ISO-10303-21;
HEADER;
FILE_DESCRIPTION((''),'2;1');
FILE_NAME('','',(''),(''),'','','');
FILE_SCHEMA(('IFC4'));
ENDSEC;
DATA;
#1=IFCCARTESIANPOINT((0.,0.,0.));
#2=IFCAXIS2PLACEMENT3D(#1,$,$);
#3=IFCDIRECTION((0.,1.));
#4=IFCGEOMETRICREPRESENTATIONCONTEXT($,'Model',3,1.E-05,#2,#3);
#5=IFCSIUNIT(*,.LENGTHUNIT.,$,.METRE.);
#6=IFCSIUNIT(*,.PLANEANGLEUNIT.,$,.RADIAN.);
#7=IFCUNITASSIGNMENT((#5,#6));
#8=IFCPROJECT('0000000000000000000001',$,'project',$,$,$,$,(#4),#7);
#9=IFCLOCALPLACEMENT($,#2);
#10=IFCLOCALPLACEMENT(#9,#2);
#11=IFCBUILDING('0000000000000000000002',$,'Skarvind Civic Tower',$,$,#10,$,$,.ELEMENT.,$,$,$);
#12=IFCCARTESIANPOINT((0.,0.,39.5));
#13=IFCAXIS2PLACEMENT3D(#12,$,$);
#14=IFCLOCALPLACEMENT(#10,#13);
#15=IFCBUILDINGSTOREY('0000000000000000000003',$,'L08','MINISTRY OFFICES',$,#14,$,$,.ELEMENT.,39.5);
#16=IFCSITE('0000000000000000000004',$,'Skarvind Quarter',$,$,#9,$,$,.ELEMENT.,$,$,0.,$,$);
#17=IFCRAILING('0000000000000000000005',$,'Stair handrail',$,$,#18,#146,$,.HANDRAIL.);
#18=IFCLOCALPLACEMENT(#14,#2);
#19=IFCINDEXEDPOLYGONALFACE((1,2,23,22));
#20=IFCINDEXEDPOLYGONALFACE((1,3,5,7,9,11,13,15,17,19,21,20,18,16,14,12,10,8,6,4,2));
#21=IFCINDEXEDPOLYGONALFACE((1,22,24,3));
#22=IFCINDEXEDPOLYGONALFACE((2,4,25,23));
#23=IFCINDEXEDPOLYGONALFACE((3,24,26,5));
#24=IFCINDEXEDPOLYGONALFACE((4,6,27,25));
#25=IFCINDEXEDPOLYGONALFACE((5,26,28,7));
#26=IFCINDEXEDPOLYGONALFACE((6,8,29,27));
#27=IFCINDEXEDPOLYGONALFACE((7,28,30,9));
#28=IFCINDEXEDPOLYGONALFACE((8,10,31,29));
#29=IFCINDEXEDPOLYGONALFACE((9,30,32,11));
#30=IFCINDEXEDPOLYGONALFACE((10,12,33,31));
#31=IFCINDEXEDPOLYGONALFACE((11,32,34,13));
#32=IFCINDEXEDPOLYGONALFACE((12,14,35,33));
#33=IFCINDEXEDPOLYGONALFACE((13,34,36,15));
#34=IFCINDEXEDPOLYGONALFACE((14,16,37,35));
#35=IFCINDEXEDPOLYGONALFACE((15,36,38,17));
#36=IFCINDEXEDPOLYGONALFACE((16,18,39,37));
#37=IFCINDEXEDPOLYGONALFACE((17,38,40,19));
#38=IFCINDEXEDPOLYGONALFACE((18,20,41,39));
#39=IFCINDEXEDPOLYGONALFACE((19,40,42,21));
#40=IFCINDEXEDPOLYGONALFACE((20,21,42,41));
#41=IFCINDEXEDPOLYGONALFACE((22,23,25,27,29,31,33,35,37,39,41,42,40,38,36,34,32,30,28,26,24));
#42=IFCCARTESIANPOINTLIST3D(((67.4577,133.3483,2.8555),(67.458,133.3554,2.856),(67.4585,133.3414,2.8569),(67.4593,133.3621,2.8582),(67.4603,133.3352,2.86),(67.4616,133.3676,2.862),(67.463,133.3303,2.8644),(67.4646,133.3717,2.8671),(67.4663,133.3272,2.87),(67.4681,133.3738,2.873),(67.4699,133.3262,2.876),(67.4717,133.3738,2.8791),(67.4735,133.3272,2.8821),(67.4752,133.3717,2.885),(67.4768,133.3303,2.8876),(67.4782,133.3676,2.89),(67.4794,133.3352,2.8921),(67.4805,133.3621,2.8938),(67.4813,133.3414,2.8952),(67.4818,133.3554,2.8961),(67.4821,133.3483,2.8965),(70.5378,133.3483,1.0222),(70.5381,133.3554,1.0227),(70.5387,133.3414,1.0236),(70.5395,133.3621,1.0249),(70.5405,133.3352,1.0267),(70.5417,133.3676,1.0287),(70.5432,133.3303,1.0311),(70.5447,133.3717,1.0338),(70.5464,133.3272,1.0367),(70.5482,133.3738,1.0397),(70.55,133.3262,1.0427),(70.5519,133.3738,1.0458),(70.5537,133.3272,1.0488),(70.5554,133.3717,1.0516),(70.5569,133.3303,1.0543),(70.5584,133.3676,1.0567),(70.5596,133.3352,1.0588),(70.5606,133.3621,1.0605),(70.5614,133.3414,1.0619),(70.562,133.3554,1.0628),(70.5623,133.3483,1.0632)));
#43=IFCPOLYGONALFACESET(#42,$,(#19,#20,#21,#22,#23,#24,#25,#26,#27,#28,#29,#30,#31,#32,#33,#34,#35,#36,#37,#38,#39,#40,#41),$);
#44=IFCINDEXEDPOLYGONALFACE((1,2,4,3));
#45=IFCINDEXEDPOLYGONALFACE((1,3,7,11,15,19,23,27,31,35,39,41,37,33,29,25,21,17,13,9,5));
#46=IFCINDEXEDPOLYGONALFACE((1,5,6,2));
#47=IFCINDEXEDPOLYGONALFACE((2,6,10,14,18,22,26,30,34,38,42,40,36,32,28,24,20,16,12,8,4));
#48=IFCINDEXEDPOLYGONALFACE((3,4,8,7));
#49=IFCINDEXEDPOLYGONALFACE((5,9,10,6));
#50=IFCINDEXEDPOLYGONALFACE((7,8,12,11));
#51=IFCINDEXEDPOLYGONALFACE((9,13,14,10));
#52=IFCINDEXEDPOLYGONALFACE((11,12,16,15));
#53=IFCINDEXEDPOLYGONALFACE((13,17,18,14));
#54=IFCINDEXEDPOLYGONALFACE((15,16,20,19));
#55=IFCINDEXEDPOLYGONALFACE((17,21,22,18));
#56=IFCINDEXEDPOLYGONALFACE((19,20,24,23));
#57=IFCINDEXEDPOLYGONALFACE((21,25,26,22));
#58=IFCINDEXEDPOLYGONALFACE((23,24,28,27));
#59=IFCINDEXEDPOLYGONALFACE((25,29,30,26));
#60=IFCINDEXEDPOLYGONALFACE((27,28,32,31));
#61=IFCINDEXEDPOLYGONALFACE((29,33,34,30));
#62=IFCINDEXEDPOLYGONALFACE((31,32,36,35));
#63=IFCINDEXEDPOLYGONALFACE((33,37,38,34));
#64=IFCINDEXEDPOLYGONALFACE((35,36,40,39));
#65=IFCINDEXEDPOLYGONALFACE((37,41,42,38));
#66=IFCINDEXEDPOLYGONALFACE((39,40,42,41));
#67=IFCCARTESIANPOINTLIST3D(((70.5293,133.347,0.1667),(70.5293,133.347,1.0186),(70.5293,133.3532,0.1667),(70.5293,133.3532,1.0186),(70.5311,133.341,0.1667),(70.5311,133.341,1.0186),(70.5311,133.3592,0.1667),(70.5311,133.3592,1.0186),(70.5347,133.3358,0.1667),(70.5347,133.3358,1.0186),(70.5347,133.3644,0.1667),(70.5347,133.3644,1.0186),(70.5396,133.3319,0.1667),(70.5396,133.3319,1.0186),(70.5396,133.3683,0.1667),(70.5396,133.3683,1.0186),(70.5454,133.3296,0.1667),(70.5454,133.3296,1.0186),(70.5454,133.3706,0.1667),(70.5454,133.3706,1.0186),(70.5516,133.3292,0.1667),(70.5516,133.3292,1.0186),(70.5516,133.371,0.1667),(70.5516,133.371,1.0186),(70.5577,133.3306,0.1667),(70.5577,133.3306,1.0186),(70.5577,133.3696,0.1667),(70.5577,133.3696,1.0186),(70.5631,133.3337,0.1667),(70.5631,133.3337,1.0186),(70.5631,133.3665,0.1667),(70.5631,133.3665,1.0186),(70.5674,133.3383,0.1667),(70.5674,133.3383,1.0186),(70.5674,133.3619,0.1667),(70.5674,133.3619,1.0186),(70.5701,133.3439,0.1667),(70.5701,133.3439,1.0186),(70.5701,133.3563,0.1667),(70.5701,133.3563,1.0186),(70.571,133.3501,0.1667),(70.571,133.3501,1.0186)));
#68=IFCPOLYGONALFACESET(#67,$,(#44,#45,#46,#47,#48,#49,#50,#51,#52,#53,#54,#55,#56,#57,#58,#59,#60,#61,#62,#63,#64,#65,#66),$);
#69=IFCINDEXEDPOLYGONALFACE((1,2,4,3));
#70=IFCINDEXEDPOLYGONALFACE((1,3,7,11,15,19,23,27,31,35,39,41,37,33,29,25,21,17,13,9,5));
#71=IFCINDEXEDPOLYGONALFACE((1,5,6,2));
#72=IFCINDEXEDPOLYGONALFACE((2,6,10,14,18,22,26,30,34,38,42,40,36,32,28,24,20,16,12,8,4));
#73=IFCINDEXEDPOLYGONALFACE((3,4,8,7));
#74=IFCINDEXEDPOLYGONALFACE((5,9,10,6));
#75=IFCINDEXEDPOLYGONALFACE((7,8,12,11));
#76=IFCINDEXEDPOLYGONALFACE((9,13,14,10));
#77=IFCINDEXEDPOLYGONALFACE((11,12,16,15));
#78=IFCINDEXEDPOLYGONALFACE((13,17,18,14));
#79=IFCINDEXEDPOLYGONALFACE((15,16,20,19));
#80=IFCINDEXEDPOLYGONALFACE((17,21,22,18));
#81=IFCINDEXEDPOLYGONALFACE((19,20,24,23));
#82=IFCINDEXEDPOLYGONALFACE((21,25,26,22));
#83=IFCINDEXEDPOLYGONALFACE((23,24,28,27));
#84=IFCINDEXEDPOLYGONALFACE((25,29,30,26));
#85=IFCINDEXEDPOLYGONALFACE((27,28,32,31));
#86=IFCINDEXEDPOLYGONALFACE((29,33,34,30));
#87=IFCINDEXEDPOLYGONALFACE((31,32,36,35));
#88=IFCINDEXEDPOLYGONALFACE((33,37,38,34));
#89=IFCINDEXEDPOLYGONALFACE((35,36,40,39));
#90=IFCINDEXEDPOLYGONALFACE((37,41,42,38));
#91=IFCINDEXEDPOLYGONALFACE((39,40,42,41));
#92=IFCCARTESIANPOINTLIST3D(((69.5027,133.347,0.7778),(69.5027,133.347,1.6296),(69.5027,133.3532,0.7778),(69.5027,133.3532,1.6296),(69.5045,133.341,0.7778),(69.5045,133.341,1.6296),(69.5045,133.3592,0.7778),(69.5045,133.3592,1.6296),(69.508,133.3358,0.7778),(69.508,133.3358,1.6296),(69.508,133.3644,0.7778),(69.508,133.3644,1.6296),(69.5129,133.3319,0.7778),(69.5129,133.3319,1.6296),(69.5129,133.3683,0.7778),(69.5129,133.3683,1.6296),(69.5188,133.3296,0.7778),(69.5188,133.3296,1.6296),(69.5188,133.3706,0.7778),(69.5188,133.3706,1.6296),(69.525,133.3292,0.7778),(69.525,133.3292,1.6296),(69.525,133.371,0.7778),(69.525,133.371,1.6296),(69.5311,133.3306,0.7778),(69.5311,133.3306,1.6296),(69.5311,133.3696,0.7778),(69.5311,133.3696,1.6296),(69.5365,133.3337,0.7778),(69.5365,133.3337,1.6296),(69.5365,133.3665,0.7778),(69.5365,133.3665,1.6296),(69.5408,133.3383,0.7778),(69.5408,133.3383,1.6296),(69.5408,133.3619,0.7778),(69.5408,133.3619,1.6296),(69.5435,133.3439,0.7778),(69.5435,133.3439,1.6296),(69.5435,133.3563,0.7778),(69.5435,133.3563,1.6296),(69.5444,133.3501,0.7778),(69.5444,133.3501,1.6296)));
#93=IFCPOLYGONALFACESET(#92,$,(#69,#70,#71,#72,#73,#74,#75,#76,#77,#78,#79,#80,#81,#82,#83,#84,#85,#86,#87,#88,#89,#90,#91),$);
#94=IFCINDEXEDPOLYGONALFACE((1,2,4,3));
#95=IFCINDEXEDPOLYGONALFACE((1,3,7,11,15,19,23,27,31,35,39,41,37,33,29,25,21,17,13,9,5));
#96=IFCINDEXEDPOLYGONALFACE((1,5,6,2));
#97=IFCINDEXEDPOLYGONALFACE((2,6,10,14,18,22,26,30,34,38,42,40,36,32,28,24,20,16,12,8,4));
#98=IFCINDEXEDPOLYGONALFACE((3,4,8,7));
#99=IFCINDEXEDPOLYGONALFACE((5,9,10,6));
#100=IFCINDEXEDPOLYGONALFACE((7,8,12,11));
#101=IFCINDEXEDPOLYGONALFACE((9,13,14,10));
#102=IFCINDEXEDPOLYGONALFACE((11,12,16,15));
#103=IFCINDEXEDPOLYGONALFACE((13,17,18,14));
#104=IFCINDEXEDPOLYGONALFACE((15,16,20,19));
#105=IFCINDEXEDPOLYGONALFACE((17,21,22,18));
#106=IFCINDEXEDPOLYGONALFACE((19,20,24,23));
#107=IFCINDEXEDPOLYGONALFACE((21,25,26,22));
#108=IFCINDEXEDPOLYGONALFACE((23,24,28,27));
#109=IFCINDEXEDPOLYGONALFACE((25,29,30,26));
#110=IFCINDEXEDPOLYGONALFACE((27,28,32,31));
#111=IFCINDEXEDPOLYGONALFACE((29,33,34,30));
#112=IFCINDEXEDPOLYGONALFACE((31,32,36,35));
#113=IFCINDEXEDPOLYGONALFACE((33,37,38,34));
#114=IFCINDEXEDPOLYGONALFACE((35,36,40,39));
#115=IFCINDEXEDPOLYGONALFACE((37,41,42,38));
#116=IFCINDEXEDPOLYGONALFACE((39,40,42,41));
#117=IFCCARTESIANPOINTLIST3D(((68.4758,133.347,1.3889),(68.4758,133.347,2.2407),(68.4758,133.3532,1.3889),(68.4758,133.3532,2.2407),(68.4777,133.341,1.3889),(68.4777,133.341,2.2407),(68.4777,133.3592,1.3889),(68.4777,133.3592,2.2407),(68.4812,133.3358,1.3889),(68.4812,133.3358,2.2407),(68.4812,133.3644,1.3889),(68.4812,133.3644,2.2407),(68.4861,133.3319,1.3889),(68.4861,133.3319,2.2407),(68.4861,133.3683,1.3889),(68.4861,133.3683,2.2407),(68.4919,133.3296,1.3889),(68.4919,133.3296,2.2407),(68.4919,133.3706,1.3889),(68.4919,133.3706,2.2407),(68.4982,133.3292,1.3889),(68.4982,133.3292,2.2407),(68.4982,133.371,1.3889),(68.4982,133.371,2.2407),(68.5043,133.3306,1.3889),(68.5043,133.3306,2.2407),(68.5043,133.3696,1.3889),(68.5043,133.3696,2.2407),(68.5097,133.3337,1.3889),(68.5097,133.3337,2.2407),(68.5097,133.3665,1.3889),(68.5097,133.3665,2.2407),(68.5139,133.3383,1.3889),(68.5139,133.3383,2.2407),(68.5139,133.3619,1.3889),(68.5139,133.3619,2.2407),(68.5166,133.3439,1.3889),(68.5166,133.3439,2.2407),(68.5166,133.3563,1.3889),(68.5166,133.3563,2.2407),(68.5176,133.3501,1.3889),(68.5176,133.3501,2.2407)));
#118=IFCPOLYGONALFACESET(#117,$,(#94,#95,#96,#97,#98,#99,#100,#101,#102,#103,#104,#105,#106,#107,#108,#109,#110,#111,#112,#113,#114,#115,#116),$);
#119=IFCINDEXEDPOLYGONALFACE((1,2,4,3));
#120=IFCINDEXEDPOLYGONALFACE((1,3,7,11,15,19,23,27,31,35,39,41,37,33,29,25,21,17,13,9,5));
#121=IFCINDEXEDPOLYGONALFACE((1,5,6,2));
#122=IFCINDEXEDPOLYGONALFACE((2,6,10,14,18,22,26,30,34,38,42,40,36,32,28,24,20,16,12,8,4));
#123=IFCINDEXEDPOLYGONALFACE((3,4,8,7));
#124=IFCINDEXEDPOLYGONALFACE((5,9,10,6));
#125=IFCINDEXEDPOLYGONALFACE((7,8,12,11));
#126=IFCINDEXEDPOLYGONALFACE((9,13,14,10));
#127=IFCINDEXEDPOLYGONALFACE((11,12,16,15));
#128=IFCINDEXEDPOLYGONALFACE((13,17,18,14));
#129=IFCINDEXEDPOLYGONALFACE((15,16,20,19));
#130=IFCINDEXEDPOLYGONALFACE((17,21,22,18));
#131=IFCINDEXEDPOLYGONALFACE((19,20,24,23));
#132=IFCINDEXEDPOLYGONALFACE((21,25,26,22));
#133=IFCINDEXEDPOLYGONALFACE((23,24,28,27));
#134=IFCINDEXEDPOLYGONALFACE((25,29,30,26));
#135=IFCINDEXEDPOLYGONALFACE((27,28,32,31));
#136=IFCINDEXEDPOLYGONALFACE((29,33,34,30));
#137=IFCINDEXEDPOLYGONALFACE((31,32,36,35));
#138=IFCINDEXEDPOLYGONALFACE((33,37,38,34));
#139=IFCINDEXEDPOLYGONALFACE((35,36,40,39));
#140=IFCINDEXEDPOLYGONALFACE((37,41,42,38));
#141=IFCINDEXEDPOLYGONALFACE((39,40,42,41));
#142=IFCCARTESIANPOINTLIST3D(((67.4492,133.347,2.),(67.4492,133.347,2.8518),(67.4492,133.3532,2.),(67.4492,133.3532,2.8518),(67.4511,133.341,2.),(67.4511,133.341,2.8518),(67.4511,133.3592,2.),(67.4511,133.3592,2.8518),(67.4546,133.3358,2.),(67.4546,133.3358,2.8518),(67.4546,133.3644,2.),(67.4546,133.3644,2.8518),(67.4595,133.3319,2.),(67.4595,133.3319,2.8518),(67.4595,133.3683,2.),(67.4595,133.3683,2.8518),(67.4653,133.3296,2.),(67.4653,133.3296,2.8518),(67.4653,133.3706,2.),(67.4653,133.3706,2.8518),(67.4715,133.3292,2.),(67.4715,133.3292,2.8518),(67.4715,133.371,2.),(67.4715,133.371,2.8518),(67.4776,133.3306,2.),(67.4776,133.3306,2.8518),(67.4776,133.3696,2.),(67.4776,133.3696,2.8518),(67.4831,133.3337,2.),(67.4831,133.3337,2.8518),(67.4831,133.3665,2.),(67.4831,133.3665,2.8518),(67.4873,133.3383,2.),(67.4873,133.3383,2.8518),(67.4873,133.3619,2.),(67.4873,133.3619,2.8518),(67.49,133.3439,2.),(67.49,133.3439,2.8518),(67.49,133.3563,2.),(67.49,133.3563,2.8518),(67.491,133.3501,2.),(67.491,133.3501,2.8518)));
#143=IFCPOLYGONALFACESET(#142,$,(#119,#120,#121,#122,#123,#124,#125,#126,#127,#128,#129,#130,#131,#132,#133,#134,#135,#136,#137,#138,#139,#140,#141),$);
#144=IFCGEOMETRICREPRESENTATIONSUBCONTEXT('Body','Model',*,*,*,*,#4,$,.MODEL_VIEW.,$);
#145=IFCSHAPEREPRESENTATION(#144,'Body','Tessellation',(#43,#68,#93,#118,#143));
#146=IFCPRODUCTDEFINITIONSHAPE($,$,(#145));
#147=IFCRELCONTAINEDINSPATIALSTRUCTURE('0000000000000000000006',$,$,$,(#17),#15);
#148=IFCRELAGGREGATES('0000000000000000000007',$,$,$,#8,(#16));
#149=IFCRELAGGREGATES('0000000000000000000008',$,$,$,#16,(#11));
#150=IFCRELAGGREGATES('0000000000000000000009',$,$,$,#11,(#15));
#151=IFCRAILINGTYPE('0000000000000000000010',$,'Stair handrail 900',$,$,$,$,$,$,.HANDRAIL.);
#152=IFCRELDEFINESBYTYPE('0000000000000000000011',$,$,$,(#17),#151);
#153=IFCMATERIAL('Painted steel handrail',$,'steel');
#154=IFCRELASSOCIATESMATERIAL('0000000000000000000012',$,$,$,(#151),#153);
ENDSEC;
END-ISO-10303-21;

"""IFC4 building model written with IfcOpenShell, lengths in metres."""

from ifc_helpers import new_model, si_unit, direction, frame, origin, origin_2d, place, context, subcontext, project, spatial, circle, extrude, material, type_object, element, save


model = new_model("IFC4")

# Units and contexts
model_context = context("Model", 3, precision=1e-05, world=origin(), true_north=direction((0.0, 1.0)))
body_context = subcontext(model_context, "Body", "Model", "MODEL_VIEW")
ifc_project = project(units=[si_unit("LENGTHUNIT", "METRE"), si_unit("PLANEANGLEUNIT", "RADIAN")], contexts=[model_context])

# Site, building, storey
site_placement = place(None, origin())
site = spatial("IfcSite", under=ifc_project, at=site_placement, Name="Skarvind Quarter", CompositionType="ELEMENT", RefElevation=0.0)
building_placement = place(site_placement, origin())
building = spatial("IfcBuilding", under=site, at=building_placement, Name="Skarvind Civic Tower", CompositionType="ELEMENT")
storey_placement = place(building_placement, frame((0.0, 0.0, 39.5)))
storey = spatial("IfcBuildingStorey", under=building, at=storey_placement, Name="L08", Description="MINISTRY OFFICES", CompositionType="ELEMENT", Elevation=39.5)

# Railing
ifc_material_1 = material(Name="Painted steel handrail", Category="steel")
railing_type = type_object("IfcRailingType", Name="Stair handrail 900", PredefinedType="HANDRAIL", material=ifc_material_1)
railing_1_placement = place(storey_placement, frame((70.55, 133.3501, 0.1667)))
element("IfcRailing", 1, at=railing_1_placement, inside=storey, type_object=railing_type, Name="Stair handrail", PredefinedType="HANDRAIL", context=body_context, shape_type="SweptSolid", body=[
    extrude(circle(Radius=0.0239, at=origin_2d()), frame((0.0, 0.0, 0.876), z_axis=(-0.859309, 0.0, 0.511458), x_axis=(0.0, -1.0, 0.0)), (0.0, 0.0, 1.0), 3.5845),
    extrude(circle(Radius=0.021, at=origin_2d()), origin(), (0.0, 0.0, 1.0), 0.8518),
    extrude(circle(Radius=0.021, at=origin_2d()), frame((-1.0266, 0.0, 0.6111)), (0.0, 0.0, 1.0), 0.8518),
    extrude(circle(Radius=0.021, at=origin_2d()), frame((-2.0535, 0.0, 1.2222)), (0.0, 0.0, 1.0), 0.8518),
    extrude(circle(Radius=0.021, at=origin_2d()), frame((-3.0801, 0.0, 1.8333)), (0.0, 0.0, 1.0), 0.8518),
])

save(model, "model.ifc")
